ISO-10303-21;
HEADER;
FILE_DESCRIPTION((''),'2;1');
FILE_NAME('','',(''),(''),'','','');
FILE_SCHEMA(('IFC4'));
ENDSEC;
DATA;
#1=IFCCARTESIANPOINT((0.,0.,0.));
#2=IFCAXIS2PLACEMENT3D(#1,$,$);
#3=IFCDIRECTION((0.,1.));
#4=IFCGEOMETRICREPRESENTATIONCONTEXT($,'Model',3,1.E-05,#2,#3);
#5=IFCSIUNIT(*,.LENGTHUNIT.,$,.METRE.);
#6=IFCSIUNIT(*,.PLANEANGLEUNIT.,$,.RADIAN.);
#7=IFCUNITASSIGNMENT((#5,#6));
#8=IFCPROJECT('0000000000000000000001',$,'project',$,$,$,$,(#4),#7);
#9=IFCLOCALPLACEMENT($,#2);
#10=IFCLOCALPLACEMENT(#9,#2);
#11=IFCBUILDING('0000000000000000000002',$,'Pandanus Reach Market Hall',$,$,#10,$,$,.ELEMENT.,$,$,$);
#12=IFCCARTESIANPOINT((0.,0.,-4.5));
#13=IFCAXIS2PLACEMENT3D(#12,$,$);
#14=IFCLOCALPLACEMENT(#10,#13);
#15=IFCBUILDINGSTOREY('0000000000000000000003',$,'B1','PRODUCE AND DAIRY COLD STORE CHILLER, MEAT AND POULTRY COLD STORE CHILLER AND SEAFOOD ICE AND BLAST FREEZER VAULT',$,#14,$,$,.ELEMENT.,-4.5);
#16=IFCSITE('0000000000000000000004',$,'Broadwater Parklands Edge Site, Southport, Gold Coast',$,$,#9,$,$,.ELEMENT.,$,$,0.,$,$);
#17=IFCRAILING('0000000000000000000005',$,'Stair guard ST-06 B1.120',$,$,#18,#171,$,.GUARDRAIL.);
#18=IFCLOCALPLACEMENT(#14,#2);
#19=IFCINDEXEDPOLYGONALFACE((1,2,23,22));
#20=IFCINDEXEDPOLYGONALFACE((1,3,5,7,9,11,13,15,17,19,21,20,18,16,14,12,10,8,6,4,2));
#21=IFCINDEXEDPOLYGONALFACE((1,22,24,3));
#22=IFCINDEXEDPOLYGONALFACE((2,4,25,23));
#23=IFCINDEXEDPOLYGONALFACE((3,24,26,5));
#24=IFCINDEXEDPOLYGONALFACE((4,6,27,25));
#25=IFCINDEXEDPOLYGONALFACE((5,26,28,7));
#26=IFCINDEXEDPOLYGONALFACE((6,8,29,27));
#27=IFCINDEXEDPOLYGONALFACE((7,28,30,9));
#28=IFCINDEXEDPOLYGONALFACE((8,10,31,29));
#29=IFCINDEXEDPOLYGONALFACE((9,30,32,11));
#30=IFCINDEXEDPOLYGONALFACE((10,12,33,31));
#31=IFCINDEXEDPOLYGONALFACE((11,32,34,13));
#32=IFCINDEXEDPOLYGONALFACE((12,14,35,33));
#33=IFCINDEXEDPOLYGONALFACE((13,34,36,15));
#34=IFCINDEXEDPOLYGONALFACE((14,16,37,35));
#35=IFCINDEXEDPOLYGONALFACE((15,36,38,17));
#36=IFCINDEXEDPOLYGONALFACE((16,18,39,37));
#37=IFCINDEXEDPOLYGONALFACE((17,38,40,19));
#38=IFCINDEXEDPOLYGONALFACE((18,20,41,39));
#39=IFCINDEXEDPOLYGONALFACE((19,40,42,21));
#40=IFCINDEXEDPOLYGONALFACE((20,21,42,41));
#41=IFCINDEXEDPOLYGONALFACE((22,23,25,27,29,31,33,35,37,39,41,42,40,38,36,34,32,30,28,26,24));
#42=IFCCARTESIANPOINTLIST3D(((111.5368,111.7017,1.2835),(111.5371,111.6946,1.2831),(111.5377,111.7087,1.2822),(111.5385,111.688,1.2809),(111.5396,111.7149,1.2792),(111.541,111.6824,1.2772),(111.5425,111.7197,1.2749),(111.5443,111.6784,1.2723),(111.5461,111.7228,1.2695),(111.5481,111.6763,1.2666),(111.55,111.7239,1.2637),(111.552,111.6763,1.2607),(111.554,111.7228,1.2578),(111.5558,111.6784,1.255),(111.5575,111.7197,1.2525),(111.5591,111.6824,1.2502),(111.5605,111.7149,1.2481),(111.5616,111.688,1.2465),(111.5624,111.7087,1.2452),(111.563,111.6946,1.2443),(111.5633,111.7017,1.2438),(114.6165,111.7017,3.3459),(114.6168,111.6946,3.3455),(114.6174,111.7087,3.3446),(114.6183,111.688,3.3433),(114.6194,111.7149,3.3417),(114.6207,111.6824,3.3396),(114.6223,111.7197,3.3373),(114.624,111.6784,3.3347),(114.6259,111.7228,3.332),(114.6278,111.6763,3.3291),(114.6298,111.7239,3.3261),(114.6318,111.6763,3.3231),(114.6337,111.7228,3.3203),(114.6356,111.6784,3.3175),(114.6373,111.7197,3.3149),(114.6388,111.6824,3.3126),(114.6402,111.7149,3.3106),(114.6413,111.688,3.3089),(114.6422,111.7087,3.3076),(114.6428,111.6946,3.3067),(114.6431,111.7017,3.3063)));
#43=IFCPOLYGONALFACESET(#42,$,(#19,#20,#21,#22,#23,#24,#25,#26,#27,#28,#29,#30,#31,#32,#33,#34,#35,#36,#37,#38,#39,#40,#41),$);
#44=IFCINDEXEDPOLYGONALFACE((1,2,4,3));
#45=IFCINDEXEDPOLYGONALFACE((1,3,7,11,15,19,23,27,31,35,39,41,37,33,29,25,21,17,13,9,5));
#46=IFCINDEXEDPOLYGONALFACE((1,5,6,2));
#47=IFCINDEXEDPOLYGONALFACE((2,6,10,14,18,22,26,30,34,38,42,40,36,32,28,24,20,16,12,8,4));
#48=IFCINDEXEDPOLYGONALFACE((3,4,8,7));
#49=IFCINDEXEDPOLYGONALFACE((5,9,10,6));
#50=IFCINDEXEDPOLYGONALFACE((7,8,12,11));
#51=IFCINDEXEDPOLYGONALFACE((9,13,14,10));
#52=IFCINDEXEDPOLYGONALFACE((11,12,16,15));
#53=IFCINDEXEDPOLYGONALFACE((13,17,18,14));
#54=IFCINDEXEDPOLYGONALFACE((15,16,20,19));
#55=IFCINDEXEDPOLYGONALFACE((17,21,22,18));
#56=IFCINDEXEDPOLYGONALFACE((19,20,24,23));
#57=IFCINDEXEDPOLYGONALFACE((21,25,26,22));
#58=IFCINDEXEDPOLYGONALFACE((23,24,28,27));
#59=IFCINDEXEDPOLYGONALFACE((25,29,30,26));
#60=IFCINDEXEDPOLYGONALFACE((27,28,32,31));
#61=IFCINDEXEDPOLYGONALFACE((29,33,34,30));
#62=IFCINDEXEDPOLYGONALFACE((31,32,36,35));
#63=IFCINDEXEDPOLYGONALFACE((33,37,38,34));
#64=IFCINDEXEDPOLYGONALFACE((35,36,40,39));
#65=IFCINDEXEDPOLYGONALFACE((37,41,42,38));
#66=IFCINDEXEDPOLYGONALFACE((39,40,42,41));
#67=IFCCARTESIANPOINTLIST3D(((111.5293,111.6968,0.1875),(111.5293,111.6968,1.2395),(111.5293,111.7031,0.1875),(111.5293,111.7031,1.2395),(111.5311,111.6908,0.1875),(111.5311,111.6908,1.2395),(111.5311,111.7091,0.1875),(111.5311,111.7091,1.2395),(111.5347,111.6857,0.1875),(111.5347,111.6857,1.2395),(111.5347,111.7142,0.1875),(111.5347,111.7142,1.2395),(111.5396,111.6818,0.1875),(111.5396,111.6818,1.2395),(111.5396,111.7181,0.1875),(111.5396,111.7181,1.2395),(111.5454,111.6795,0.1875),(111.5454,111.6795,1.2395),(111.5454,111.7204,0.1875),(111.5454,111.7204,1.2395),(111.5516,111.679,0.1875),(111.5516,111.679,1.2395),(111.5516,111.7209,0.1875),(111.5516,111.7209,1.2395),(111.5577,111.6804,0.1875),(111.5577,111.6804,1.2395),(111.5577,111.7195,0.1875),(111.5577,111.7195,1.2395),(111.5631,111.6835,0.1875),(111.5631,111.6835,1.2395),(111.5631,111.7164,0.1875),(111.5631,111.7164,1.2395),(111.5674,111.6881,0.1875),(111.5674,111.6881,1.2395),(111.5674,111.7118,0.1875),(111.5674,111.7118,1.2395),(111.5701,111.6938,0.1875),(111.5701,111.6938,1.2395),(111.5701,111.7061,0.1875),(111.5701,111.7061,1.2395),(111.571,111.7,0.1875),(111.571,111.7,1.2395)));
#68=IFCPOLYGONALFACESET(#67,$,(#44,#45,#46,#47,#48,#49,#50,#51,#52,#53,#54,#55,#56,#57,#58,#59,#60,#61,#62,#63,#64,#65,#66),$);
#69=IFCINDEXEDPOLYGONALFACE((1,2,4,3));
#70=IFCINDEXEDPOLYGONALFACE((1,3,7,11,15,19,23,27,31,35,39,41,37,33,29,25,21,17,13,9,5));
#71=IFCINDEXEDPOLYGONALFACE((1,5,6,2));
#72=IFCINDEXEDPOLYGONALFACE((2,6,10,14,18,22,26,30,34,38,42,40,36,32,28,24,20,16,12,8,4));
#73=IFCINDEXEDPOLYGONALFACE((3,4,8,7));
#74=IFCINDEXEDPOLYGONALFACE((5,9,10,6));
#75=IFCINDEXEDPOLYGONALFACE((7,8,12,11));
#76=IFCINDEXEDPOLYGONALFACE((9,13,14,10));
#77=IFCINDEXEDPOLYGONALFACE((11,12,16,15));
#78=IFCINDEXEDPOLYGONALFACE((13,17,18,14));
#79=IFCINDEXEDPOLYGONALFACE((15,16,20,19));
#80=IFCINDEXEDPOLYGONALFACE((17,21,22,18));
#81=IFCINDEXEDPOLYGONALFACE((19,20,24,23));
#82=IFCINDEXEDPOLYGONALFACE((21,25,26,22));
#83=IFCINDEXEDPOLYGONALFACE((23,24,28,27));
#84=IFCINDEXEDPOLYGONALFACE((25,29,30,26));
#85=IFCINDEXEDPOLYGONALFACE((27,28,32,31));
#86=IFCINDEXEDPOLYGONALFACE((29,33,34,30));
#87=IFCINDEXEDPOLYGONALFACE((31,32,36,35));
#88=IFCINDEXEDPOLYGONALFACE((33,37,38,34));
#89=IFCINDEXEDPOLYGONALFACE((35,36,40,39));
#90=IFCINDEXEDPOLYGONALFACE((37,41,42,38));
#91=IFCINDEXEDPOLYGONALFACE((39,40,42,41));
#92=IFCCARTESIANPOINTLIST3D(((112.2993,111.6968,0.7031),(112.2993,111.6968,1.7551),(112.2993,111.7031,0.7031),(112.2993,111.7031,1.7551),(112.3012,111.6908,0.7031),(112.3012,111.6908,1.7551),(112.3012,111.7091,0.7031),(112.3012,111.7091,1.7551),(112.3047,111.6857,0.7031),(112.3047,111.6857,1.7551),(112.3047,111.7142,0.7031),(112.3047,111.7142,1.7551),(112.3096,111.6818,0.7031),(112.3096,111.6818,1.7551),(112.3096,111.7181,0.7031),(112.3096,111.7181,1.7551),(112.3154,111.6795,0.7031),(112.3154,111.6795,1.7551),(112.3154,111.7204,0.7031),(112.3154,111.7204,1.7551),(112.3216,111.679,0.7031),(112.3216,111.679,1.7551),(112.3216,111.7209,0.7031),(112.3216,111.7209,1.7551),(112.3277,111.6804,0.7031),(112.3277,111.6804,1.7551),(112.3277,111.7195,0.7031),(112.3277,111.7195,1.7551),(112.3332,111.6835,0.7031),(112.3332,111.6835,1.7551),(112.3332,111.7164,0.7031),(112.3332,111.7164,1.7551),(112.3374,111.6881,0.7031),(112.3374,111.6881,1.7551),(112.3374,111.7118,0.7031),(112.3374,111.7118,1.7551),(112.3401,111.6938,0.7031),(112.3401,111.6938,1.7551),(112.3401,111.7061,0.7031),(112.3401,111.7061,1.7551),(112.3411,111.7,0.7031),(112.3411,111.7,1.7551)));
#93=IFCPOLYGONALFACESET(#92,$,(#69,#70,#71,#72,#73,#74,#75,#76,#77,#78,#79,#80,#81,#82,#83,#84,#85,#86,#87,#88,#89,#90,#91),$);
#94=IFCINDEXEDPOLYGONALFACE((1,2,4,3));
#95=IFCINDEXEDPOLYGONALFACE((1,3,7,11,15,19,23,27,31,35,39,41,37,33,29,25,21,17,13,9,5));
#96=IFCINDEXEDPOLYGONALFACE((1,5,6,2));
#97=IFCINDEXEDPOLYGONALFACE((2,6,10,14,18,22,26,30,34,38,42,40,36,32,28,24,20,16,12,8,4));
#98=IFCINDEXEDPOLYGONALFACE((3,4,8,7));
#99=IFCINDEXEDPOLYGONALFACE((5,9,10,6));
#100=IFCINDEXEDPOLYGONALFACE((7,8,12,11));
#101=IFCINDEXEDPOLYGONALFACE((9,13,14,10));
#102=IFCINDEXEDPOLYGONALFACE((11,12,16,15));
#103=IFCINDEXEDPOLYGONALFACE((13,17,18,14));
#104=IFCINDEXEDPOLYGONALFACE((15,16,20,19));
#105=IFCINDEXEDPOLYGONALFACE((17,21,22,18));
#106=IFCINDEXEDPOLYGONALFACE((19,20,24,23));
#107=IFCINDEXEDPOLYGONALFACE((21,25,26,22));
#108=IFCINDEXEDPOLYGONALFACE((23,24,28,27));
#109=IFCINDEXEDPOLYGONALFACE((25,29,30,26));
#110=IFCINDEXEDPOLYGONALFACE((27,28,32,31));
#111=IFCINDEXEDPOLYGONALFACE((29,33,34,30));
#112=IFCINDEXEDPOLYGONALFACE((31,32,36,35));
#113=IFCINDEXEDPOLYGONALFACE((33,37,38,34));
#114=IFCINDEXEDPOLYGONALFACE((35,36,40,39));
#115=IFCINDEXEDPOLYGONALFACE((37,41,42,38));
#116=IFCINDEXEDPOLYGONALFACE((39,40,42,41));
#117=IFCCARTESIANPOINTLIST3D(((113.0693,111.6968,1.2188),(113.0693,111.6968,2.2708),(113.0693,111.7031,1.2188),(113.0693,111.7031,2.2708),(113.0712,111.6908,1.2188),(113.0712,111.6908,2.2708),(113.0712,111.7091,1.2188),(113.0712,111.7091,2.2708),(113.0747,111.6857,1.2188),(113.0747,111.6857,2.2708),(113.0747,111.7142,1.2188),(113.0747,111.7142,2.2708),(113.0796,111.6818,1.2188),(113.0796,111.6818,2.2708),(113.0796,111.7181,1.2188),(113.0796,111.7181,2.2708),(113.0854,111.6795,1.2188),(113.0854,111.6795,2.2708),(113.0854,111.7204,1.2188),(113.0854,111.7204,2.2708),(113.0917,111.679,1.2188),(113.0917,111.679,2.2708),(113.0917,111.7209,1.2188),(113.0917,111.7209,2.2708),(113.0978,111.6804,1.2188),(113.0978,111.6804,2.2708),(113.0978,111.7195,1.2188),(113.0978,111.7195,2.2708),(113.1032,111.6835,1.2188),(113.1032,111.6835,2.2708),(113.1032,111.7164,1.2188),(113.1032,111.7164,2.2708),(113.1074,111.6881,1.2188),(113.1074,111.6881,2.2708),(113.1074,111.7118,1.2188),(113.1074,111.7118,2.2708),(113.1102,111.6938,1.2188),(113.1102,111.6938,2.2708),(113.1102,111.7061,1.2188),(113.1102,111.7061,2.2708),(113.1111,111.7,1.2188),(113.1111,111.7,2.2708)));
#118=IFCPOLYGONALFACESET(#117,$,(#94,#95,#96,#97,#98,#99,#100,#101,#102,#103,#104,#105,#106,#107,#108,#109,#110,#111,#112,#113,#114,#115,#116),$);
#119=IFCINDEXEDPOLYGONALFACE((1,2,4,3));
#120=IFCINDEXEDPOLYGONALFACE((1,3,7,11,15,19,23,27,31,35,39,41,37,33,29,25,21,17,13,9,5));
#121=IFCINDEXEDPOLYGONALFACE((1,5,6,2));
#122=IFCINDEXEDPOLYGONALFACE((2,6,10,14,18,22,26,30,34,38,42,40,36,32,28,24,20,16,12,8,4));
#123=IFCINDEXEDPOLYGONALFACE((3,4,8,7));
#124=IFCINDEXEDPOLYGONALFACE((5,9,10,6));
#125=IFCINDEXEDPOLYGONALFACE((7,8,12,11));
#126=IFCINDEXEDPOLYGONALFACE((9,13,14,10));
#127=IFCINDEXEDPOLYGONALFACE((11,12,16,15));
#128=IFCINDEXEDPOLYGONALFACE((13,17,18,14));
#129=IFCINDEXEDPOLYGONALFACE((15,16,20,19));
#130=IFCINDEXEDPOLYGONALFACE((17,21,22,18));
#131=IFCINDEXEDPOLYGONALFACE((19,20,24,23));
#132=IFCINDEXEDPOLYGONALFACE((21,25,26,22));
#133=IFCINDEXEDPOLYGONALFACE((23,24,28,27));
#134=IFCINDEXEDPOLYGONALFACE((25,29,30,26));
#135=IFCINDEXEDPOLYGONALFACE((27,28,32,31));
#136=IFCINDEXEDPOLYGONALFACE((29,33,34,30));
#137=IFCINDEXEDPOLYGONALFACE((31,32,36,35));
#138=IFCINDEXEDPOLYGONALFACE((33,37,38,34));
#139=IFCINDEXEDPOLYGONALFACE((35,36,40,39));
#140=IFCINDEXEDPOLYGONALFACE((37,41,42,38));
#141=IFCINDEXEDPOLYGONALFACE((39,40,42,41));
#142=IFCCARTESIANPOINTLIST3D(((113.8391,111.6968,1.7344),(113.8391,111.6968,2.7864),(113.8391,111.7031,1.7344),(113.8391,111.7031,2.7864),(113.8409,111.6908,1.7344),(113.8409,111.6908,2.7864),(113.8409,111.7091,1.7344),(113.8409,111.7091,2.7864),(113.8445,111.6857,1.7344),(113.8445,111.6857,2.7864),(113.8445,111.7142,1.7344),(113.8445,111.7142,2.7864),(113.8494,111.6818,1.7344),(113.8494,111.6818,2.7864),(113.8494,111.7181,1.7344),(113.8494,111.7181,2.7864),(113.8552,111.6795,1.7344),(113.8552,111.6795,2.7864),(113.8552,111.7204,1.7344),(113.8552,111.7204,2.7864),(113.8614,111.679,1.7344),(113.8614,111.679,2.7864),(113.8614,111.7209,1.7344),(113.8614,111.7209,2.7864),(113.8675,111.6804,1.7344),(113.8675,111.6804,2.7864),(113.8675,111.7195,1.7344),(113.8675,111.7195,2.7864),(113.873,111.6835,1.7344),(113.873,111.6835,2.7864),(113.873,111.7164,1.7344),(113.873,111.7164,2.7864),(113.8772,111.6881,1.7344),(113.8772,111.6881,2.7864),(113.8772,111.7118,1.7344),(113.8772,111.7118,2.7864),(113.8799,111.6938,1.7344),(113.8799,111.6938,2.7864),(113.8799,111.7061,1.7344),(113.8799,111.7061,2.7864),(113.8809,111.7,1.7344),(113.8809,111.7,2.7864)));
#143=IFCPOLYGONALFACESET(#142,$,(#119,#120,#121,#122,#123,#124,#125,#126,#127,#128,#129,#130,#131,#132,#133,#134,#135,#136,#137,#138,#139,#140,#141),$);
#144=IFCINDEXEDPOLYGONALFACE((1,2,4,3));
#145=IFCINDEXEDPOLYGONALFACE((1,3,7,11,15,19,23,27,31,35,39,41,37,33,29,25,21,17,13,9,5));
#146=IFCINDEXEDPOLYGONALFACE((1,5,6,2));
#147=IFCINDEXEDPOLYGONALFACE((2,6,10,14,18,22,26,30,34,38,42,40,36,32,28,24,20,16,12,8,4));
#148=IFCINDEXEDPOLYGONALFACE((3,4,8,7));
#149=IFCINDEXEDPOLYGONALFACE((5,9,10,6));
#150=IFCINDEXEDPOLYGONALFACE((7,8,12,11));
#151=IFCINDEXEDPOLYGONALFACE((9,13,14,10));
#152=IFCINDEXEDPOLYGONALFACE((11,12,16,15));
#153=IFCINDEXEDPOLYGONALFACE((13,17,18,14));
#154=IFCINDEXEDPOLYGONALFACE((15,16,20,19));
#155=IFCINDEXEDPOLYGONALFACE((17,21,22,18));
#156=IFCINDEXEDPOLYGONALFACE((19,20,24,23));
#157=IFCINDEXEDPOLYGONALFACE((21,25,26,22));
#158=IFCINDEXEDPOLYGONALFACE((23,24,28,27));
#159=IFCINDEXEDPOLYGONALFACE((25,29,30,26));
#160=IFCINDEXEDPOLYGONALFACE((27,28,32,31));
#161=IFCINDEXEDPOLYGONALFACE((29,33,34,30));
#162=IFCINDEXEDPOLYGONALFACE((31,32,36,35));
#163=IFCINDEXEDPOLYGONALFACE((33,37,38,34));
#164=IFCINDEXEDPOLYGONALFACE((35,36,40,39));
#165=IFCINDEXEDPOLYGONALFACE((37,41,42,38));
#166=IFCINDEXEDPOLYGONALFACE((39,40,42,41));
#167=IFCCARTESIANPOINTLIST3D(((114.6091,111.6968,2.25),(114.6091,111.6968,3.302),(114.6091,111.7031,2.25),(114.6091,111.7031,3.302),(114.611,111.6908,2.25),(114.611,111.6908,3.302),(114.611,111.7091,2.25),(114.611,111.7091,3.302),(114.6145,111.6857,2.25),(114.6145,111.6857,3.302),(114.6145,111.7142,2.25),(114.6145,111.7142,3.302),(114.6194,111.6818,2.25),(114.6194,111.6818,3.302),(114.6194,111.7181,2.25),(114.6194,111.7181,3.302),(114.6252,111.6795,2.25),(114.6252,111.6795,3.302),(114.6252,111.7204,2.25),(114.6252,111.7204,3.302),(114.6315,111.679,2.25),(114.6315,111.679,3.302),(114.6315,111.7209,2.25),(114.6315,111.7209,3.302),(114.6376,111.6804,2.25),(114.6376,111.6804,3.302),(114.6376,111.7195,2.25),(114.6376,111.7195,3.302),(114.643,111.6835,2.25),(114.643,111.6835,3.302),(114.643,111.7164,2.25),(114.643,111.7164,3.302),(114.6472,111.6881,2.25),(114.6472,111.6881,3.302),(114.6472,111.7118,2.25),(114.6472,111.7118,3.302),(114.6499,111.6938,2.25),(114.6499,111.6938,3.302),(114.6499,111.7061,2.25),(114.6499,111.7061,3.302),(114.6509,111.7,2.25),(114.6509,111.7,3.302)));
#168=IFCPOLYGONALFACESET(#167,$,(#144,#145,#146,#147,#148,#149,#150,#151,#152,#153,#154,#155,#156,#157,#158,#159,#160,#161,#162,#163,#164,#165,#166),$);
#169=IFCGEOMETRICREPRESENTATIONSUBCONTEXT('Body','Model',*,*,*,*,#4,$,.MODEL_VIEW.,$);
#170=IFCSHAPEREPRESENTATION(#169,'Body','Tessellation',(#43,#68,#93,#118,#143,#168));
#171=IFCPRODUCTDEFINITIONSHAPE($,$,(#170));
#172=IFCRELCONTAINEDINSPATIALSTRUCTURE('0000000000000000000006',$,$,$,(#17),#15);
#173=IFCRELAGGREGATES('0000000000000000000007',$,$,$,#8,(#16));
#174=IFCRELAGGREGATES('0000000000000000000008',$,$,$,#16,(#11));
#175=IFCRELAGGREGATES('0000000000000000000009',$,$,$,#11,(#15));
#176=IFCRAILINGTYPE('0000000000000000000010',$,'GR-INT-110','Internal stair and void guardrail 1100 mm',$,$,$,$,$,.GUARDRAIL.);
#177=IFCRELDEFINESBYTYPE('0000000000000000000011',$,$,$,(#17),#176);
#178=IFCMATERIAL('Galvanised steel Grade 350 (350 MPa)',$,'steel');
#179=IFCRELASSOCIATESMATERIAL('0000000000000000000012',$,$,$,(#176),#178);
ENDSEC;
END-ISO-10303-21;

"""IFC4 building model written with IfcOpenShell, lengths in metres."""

from ifc_helpers import new_model, si_unit, direction, frame, origin, origin_2d, place, context, subcontext, project, spatial, circle, extrude, material, type_object, element, save


model = new_model("IFC4")

# Units and contexts
model_context = context("Model", 3, precision=1e-05, world=origin(), true_north=direction((0.0, 1.0)))
body_context = subcontext(model_context, "Body", "Model", "MODEL_VIEW")
ifc_project = project(units=[si_unit("LENGTHUNIT", "METRE"), si_unit("PLANEANGLEUNIT", "RADIAN")], contexts=[model_context])

# Site, building, storey
site_placement = place(None, origin())
site = spatial("IfcSite", under=ifc_project, at=site_placement, Name="Broadwater Parklands Edge Site, Southport, Gold Coast", CompositionType="ELEMENT", RefElevation=0.0)
building_placement = place(site_placement, origin())
building = spatial("IfcBuilding", under=site, at=building_placement, Name="Pandanus Reach Market Hall", CompositionType="ELEMENT")
storey_placement = place(building_placement, frame((0.0, 0.0, -4.5)))
storey = spatial("IfcBuildingStorey", under=building, at=storey_placement, Name="B1", Description="PRODUCE AND DAIRY COLD STORE CHILLER, MEAT AND POULTRY COLD STORE CHILLER AND SEAFOOD ICE AND BLAST FREEZER VAULT", CompositionType="ELEMENT", Elevation=-4.5)

# Railing
ifc_material_1 = material(Name="Galvanised steel Grade 350 (350 MPa)", Category="steel")
railing_type_1 = type_object("IfcRailingType", Name="GR-INT-110", Description="Internal stair and void guardrail 1100 mm", PredefinedType="GUARDRAIL", material=ifc_material_1)
railing_1_placement = place(storey_placement, frame((111.55, 111.7, 0.1875)))
element("IfcRailing", 1, at=railing_1_placement, inside=storey, type_object=railing_type_1, Name="Stair guard ST-06 B1.120", PredefinedType="GUARDRAIL", context=body_context, shape_type="SweptSolid", body=[
    extrude(circle(Radius=0.0239, at=origin_2d()), frame((0.0, 0.0, 1.0762), z_axis=(0.830893, 0.0, 0.556432), x_axis=(0.0, 1.0, 0.0)), (0.0, 0.0, 1.0), 3.7065),
    extrude(circle(Radius=0.021, at=origin_2d()), origin(), (0.0, 0.0, 1.0), 1.052),
    extrude(circle(Radius=0.021, at=origin_2d()), frame((0.77, 0.0, 0.5156)), (0.0, 0.0, 1.0), 1.052),
    extrude(circle(Radius=0.021, at=origin_2d()), frame((1.54, 0.0, 1.0312)), (0.0, 0.0, 1.0), 1.052),
    extrude(circle(Radius=0.021, at=origin_2d()), frame((2.3098, 0.0, 1.5469)), (0.0, 0.0, 1.0), 1.052),
    extrude(circle(Radius=0.021, at=origin_2d()), frame((3.0798, 0.0, 2.0625)), (0.0, 0.0, 1.0), 1.052),
])

save(model, "model.ifc")
